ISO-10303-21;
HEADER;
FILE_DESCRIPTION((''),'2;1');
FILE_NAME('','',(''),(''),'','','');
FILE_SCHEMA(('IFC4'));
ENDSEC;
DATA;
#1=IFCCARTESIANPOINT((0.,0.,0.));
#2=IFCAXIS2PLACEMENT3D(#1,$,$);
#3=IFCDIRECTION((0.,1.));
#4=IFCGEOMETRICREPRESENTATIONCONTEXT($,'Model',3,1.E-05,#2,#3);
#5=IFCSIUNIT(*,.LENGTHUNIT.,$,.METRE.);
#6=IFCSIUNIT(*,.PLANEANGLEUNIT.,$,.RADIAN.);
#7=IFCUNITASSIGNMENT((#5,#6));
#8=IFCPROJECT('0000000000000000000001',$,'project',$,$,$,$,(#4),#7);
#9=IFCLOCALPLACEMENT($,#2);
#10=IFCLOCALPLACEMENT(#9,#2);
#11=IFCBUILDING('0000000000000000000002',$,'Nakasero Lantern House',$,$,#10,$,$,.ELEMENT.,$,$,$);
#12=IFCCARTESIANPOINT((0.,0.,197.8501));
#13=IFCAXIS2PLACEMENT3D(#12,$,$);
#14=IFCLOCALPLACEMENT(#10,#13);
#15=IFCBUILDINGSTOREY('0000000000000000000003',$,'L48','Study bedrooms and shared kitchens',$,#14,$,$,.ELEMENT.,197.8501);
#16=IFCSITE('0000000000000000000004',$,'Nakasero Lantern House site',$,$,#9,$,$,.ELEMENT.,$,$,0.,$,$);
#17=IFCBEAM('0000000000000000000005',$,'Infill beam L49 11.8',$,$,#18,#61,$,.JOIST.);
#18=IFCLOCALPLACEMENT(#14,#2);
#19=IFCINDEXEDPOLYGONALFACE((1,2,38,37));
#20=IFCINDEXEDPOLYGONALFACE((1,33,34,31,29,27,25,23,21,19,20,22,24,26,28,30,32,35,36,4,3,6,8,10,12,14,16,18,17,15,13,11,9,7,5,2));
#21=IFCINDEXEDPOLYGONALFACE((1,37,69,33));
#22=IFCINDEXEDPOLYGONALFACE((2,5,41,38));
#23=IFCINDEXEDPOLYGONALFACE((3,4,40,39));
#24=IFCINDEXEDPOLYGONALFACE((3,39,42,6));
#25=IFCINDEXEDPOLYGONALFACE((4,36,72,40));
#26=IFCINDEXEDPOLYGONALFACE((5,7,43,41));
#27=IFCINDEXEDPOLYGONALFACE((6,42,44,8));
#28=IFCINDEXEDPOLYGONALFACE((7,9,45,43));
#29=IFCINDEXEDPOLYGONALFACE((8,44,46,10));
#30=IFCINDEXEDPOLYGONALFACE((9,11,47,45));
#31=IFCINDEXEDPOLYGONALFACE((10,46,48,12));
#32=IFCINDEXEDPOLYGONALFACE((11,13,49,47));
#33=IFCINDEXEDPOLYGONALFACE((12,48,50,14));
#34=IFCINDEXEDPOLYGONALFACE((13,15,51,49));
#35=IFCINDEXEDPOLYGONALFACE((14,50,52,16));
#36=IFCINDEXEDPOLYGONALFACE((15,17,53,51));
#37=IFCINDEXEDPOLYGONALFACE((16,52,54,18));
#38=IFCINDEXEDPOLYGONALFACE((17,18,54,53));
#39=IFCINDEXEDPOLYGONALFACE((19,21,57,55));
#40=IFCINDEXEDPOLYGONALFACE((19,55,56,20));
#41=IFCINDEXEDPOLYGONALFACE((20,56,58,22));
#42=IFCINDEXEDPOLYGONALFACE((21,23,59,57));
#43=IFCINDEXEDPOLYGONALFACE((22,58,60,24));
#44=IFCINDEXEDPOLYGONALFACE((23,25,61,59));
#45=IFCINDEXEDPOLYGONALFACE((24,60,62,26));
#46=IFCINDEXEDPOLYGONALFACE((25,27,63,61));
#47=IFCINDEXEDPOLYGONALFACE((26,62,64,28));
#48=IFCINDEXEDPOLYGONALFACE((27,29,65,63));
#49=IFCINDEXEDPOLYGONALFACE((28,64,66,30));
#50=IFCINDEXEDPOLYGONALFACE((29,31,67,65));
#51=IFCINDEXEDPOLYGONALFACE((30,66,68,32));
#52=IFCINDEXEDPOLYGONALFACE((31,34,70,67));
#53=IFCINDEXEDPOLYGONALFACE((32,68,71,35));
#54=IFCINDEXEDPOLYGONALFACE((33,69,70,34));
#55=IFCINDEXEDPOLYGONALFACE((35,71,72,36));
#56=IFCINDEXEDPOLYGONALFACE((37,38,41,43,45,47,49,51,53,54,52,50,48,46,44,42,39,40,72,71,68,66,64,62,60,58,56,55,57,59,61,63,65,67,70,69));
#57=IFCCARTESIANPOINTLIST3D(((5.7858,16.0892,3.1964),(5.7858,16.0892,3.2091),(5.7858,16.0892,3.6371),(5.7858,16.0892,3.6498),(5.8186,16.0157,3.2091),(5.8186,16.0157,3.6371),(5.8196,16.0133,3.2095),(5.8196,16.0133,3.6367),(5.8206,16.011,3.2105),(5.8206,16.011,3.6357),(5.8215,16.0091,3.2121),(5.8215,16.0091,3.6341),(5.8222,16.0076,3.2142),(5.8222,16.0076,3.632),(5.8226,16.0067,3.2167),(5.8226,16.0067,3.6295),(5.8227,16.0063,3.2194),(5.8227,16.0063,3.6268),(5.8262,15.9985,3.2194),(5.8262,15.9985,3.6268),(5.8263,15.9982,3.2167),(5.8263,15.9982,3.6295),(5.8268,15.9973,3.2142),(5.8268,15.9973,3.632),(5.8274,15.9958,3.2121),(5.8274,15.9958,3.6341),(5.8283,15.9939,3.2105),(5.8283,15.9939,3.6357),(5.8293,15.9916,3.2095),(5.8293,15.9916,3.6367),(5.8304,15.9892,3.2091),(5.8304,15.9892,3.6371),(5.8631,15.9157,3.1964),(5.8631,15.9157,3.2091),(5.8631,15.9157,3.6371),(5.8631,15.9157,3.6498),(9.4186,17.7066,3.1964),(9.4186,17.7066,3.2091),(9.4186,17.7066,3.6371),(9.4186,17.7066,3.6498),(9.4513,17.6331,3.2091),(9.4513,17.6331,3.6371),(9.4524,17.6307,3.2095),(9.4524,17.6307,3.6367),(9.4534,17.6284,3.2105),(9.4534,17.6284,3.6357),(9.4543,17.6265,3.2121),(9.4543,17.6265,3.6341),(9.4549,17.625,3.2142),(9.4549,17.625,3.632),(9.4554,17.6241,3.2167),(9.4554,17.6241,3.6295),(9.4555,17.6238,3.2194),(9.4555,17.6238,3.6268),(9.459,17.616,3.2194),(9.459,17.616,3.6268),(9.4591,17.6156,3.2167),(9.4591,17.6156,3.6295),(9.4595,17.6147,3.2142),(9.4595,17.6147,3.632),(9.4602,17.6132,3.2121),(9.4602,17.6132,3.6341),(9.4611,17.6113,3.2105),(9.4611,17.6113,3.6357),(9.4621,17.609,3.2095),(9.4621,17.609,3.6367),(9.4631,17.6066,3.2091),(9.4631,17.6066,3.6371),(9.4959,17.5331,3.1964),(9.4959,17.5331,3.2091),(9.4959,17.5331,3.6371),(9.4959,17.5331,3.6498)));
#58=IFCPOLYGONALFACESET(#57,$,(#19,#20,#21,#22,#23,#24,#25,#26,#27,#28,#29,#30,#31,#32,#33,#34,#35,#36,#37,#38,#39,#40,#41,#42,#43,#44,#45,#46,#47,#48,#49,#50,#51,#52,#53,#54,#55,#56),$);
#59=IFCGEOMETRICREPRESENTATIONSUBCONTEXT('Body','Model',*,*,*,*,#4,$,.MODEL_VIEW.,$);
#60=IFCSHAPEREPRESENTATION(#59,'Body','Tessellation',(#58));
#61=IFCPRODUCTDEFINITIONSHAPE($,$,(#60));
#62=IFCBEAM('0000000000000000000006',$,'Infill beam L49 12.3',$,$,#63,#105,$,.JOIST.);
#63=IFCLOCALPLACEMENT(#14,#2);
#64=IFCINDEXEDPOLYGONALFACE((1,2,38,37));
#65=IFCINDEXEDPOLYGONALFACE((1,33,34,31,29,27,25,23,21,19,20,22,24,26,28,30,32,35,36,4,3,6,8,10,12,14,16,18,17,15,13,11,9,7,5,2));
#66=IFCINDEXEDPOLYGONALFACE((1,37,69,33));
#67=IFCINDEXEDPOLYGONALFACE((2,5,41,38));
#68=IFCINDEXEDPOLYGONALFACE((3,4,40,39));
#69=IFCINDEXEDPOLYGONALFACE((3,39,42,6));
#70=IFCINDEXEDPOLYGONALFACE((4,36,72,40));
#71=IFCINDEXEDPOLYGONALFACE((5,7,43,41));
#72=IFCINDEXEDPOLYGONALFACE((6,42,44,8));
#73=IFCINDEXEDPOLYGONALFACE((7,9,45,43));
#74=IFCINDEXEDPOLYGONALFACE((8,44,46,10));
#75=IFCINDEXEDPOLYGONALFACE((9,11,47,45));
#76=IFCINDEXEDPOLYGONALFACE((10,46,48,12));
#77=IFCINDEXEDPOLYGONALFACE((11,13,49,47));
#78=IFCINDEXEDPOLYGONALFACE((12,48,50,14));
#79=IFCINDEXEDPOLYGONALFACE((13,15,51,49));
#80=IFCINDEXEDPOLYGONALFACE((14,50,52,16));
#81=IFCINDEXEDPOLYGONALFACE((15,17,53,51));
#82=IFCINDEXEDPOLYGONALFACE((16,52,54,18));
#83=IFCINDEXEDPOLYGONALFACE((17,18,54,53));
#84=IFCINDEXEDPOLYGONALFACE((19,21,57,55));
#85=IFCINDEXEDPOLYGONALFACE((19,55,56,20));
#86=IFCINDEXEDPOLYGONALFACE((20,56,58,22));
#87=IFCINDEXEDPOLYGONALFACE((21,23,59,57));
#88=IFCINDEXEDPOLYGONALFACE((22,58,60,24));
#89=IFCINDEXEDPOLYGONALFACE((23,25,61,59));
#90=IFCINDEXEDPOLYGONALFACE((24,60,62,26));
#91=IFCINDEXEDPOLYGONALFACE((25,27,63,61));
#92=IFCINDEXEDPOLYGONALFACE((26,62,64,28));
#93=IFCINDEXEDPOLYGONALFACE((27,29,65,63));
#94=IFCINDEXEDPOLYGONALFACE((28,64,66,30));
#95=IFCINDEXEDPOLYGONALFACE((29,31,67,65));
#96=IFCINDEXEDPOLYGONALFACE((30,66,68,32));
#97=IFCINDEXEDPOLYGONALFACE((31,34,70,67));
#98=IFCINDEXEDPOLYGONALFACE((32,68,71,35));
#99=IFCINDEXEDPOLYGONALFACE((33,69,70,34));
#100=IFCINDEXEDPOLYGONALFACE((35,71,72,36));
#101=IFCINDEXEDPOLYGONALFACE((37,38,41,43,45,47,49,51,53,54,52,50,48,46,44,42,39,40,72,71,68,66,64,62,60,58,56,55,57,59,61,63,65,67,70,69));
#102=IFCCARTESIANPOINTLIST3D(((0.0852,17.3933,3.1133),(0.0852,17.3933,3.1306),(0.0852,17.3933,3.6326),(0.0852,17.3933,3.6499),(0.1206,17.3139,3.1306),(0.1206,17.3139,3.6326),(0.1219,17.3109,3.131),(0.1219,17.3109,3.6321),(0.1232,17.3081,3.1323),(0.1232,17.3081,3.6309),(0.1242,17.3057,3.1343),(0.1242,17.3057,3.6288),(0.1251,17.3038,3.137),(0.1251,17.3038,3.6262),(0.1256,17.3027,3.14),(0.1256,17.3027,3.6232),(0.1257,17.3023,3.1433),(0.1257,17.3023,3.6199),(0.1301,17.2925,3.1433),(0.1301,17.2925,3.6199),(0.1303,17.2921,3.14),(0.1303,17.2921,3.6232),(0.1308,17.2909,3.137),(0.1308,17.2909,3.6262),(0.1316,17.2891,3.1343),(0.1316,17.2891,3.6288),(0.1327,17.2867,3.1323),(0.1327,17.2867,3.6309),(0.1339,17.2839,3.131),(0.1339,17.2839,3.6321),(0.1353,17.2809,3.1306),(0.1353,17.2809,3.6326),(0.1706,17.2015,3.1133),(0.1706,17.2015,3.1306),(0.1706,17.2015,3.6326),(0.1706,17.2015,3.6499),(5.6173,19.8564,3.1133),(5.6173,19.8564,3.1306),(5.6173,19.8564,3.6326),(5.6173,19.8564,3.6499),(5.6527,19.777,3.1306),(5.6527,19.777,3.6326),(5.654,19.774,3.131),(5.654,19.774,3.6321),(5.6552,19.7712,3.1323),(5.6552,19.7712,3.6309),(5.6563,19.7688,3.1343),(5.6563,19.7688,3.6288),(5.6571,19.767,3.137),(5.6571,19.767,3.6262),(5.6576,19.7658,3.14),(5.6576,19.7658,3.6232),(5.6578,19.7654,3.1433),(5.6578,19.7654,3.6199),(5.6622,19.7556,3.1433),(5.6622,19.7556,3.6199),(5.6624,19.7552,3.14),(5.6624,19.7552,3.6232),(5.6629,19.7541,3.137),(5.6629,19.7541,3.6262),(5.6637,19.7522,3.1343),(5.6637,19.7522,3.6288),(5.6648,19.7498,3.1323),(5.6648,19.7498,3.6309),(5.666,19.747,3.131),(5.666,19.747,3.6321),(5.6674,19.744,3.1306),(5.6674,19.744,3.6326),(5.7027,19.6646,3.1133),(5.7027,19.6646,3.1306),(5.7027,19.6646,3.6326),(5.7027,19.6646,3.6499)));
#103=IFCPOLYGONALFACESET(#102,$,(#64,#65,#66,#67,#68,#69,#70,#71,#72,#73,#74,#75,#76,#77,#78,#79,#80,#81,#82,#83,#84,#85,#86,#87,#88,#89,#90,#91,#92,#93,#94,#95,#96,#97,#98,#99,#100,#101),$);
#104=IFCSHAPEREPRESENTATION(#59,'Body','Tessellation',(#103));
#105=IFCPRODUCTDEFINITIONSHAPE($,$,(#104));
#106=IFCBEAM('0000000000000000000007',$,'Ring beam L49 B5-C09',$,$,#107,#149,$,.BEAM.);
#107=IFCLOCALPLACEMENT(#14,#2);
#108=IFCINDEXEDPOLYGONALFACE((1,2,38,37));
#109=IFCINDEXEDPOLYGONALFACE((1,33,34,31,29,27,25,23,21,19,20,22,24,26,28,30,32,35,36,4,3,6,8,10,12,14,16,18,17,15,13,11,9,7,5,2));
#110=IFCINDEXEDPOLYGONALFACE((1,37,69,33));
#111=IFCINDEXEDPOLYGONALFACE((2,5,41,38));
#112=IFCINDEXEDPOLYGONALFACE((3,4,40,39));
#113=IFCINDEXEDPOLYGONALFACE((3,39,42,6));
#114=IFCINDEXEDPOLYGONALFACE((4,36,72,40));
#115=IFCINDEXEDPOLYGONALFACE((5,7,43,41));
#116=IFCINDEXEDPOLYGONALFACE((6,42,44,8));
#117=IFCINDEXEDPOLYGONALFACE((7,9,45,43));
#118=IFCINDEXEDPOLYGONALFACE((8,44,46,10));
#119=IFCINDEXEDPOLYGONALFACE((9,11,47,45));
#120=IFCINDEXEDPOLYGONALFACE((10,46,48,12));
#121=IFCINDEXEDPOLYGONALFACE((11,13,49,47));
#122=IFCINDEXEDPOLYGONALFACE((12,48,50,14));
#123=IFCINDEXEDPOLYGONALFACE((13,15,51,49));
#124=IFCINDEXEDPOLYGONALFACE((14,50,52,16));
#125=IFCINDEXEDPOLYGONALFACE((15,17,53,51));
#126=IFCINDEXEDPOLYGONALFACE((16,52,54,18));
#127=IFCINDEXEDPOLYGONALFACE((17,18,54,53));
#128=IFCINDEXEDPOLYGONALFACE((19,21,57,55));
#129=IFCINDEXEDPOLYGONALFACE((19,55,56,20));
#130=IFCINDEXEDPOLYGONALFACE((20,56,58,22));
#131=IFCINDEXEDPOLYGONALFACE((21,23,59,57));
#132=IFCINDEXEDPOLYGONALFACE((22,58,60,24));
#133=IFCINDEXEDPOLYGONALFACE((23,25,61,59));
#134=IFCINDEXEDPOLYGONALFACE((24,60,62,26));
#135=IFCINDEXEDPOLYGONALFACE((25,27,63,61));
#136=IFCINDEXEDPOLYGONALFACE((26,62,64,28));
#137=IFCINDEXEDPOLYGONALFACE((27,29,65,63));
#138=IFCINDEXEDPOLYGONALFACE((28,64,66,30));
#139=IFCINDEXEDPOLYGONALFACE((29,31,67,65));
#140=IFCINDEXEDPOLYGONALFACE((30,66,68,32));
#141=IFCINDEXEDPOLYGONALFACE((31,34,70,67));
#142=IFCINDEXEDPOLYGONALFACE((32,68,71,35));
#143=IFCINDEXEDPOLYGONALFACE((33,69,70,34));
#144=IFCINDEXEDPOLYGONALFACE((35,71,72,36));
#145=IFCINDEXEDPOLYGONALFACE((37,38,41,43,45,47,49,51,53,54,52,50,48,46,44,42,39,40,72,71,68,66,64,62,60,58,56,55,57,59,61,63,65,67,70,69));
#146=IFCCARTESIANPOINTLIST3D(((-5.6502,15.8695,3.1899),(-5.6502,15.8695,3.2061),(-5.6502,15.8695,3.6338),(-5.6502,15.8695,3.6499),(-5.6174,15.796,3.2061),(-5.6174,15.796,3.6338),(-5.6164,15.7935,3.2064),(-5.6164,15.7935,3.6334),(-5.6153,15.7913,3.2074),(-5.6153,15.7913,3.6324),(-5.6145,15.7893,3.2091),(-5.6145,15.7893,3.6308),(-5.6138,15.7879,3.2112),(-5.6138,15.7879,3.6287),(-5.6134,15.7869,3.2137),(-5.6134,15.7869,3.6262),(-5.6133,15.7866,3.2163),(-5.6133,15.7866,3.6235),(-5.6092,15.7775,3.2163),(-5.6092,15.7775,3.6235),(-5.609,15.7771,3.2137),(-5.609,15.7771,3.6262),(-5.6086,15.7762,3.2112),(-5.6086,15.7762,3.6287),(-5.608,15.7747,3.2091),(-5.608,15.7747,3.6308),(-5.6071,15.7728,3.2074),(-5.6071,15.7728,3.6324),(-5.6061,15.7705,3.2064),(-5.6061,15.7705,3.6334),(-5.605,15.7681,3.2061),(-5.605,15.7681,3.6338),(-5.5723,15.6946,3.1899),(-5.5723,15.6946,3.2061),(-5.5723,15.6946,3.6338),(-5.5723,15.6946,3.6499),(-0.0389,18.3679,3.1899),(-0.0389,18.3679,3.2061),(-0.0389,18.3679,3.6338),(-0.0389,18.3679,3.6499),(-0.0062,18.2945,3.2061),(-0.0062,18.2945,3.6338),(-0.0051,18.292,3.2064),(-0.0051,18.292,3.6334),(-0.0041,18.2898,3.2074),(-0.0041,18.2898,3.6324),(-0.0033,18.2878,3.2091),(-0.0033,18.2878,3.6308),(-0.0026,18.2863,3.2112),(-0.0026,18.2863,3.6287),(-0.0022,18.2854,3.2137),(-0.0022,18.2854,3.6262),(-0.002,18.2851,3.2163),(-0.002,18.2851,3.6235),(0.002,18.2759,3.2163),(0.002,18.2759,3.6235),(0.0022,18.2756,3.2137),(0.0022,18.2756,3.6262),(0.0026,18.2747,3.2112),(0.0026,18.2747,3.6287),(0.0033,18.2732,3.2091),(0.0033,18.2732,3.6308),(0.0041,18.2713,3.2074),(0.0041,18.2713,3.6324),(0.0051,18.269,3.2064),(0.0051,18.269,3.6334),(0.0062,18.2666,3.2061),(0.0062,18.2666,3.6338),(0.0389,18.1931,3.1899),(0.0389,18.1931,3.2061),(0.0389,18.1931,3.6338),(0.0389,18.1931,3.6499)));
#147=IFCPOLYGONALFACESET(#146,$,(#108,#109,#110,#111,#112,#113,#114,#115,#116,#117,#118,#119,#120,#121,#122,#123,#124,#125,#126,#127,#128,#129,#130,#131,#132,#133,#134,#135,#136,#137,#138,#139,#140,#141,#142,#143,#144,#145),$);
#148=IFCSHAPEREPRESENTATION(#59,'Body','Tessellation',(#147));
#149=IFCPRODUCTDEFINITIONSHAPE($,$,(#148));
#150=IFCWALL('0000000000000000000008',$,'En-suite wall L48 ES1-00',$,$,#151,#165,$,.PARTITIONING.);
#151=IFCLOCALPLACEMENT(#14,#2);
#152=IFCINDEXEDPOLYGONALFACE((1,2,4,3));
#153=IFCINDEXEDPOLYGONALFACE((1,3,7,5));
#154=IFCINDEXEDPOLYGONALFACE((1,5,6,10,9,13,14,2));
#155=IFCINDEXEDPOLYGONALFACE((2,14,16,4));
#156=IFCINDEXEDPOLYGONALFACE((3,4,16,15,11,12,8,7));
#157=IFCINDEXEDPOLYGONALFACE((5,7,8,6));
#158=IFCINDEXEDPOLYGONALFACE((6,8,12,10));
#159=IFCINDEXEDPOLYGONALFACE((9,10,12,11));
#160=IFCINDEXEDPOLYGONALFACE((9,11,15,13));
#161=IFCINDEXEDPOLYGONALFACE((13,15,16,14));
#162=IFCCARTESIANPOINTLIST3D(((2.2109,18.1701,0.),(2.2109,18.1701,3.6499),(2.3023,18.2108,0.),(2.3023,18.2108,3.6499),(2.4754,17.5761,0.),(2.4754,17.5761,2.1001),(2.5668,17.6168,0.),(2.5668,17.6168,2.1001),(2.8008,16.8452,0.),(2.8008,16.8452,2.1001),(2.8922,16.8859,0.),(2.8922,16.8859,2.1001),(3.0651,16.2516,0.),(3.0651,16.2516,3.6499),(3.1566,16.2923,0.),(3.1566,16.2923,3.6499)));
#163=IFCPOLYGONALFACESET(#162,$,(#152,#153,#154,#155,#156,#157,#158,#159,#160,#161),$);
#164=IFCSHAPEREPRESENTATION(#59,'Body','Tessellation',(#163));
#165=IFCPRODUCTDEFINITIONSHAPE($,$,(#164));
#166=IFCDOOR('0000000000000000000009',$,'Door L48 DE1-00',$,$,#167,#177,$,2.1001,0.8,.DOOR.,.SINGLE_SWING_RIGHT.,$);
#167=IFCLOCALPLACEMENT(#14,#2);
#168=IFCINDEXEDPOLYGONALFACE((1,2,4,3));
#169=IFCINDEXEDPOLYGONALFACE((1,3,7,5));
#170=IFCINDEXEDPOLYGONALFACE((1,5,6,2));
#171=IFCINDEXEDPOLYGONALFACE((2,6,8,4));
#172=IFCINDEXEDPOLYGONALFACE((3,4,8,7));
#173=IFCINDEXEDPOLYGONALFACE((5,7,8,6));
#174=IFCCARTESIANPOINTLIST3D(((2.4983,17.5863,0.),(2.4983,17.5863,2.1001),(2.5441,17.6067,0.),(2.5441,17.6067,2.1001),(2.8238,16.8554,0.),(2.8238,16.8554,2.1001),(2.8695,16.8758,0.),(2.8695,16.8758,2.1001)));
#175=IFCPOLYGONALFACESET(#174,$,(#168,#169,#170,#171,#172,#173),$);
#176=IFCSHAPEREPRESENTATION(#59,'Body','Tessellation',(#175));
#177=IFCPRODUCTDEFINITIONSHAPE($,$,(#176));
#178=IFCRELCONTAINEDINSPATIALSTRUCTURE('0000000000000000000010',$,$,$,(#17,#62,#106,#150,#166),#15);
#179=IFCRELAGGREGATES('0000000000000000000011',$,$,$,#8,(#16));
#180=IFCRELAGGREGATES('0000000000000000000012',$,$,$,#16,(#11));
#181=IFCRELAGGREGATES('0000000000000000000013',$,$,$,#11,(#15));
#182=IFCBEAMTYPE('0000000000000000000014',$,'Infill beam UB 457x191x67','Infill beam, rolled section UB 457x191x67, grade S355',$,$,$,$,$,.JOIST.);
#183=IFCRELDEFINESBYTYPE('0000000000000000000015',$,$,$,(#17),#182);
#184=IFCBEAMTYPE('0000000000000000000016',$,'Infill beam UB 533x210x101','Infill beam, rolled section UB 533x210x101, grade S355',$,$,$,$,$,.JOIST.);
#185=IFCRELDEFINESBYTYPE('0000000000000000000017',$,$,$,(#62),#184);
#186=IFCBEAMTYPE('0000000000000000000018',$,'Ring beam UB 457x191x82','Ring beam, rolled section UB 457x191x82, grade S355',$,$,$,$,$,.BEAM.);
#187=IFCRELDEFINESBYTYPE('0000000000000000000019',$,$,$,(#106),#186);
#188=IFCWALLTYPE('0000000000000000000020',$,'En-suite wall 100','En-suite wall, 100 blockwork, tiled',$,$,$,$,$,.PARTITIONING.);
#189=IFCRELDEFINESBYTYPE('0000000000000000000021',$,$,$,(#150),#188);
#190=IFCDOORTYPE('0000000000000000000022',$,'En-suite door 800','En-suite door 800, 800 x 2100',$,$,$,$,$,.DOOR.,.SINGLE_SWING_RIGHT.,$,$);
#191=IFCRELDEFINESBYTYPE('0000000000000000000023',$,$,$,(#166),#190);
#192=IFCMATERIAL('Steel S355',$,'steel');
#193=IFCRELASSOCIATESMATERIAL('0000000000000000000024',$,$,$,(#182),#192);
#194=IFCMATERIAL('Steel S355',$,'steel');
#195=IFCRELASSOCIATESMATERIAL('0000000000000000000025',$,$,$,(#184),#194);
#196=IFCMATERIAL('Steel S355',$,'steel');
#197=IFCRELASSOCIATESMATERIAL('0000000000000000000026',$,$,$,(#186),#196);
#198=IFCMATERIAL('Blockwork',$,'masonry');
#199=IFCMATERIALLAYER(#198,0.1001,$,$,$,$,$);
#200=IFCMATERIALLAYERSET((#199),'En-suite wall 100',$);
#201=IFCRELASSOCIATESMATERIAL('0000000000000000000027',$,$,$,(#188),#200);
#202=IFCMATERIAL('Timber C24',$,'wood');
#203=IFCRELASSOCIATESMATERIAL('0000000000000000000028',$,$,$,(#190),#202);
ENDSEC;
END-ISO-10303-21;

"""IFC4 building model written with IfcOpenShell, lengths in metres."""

from ifc_helpers import new_model, si_unit, direction, frame, frame_2d, origin, origin_2d, place, context, subcontext, project, spatial, rectangle, i_section, extrude, material, layer, layer_set, material_profile, profile_set, type_object, element, fill, save


model = new_model("IFC4")

# Units and contexts
model_context = context("Model", 3, precision=1e-05, world=origin(), true_north=direction((0.0, 1.0)))
body_context = subcontext(model_context, "Body", "Model", "MODEL_VIEW")
ifc_project = project(units=[si_unit("LENGTHUNIT", "METRE"), si_unit("PLANEANGLEUNIT", "RADIAN")], contexts=[model_context])

# Site, building, storey
site_placement = place(None, origin())
site = spatial("IfcSite", under=ifc_project, at=site_placement, Name="Nakasero Lantern House site", CompositionType="ELEMENT", RefElevation=0.0)
building_placement = place(site_placement, origin())
building = spatial("IfcBuilding", under=site, at=building_placement, Name="Nakasero Lantern House", CompositionType="ELEMENT")
storey_placement = place(building_placement, frame((0.0, 0.0, 197.8501)))
storey = spatial("IfcBuildingStorey", under=building, at=storey_placement, Name="L48", Description="Study bedrooms and shared kitchens", CompositionType="ELEMENT", Elevation=197.8501)

# Beams
ifc_material_1 = material(Name="Steel S355", Category="steel")
ifc_material_profile_1 = material_profile(ifc_material_1, i_section(OverallWidth=0.1899, OverallDepth=0.4534, WebThickness=0.0085, FlangeThickness=0.0127, FilletRadius=0.0103, at=origin_2d()), Name="UB 457x191x67")
ifc_profile_set_1 = profile_set([ifc_material_profile_1], Name="Steel S355")
beam_type_1 = type_object("IfcBeamType", Name="Infill beam UB 457x191x67", Description="Infill beam, rolled section UB 457x191x67, grade S355", PredefinedType="JOIST", material=ifc_profile_set_1)
beam_1_placement = place(storey_placement, frame((5.8245, 16.0024, 3.4231), z_axis=(0.913546, 0.406736, 0.0), x_axis=(-0.406736, 0.913546, 0.0)))
element("IfcBeam", 1, at=beam_1_placement, inside=storey, type_object=beam_type_1, Name="Infill beam L49 11.8", PredefinedType="JOIST", context=body_context, shape_type="SweptSolid", body=[
    extrude(i_section(OverallWidth=0.1899, OverallDepth=0.4534, WebThickness=0.0085, FlangeThickness=0.0127, FilletRadius=0.0103, at=origin_2d()), origin(), (0.0, 0.0, 1.0), 3.9766),
])
ifc_material_2 = material(Name="Steel S355", Category="steel")
ifc_material_profile_2 = material_profile(ifc_material_2, i_section(OverallWidth=0.21, OverallDepth=0.5366, WebThickness=0.0107, FlangeThickness=0.0173, FilletRadius=0.0127, at=origin_2d()), Name="UB 533x210x101")
ifc_profile_set_2 = profile_set([ifc_material_profile_2], Name="Steel S355")
beam_type_2 = type_object("IfcBeamType", Name="Infill beam UB 533x210x101", Description="Infill beam, rolled section UB 533x210x101, grade S355", PredefinedType="JOIST", material=ifc_profile_set_2)
beam_2_placement = place(storey_placement, frame((0.1279, 17.2974, 3.3816), z_axis=(0.913537, 0.406756, 0.0), x_axis=(-0.406756, 0.913537, 0.0)))
element("IfcBeam", 2, at=beam_2_placement, inside=storey, type_object=beam_type_2, Name="Infill beam L49 12.3", PredefinedType="JOIST", context=body_context, shape_type="SweptSolid", body=[
    extrude(i_section(OverallWidth=0.21, OverallDepth=0.5366, WebThickness=0.0107, FlangeThickness=0.0173, FilletRadius=0.0127, at=origin_2d()), origin(), (0.0, 0.0, 1.0), 6.0557),
])
ifc_material_3 = material(Name="Steel S355", Category="steel")
ifc_material_profile_3 = material_profile(ifc_material_3, i_section(OverallWidth=0.1914, OverallDepth=0.46, WebThickness=0.01, FlangeThickness=0.0161, FilletRadius=0.0103, at=origin_2d()), Name="UB 457x191x82")
ifc_profile_set_3 = profile_set([ifc_material_profile_3], Name="Steel S355")
beam_type_3 = type_object("IfcBeamType", Name="Ring beam UB 457x191x82", Description="Ring beam, rolled section UB 457x191x82, grade S355", PredefinedType="BEAM", material=ifc_profile_set_3)
beam_3_placement = place(storey_placement, frame((0.0, 18.2805, 3.4199), z_axis=(-0.913533, -0.406765, 0.0), x_axis=(0.406765, -0.913533, 0.0)))
element("IfcBeam", 3, at=beam_3_placement, inside=storey, type_object=beam_type_3, Name="Ring beam L49 B5-C09", PredefinedType="BEAM", context=body_context, shape_type="SweptSolid", body=[
    extrude(i_section(OverallWidth=0.1914, OverallDepth=0.46, WebThickness=0.01, FlangeThickness=0.0161, FilletRadius=0.0103, at=origin_2d()), origin(), (0.0, 0.0, 1.0), 6.1423),
])

# Wall, opening, door
ifc_material_4 = material(Name="Blockwork", Category="masonry")
ifc_layer_1 = layer(ifc_material_4, 0.1001)
ifc_layer_set_1 = layer_set([ifc_layer_1], Name="En-suite wall 100")
wall_type_1 = type_object("IfcWallType", Name="En-suite wall 100", Description="En-suite wall, 100 blockwork, tiled", PredefinedType="PARTITIONING", material=ifc_layer_set_1)
wall_1_placement = place(storey_placement, frame((3.1108, 16.272, 0.0), z_axis=(0.0, 0.0, 1.0), x_axis=(-0.406775, 0.913528, 0.0)))
wall_1 = element("IfcWall", 4, at=wall_1_placement, inside=storey, type_object=wall_type_1, Name="En-suite wall L48 ES1-00", PredefinedType="PARTITIONING", context=body_context, shape_type="SweptSolid", body=[
    extrude(rectangle(XDim=2.1001, YDim=0.1001, at=frame_2d((1.05, 0.0))), origin(), (0.0, 0.0, 1.0), 3.6499),
])
opening_1_placement = place(wall_1_placement, frame((0.6499, 0.0, 0.0)))
opening_1 = element("IfcOpeningElement", 5, at=opening_1_placement, cuts=wall_1, PredefinedType="OPENING", context=body_context, shape_type="SweptSolid", body=[
    extrude(rectangle(XDim=0.8, YDim=2.1001, at=frame_2d((0.3999, 1.05))), frame((0.0, 0.0701, 0.0), z_axis=(0.0, -1.0, 0.0), x_axis=(1.0, 0.0, 0.0)), (0.0, 0.0, 1.0), 0.1401),
])
ifc_material_5 = material(Name="Timber C24", Category="wood")
door_type_1 = type_object("IfcDoorType", Name="En-suite door 800", Description="En-suite door 800, 800 x 2100", OperationType="SINGLE_SWING_RIGHT", PredefinedType="DOOR", material=ifc_material_5)
door_1_placement = place(opening_1_placement, origin())
door_1 = element("IfcDoor", 6, at=door_1_placement, inside=storey, type_object=door_type_1, Name="Door L48 DE1-00", OperationType="SINGLE_SWING_RIGHT", OverallHeight=2.1001, OverallWidth=0.8, PredefinedType="DOOR", context=body_context, shape_type="SweptSolid", body=[
    extrude(rectangle(XDim=0.8, YDim=2.1001, at=frame_2d((0.3999, 1.05))), frame((0.0, 0.0249, 0.0), z_axis=(0.0, -1.0, 0.0), x_axis=(1.0, 0.0, 0.0)), (0.0, 0.0, 1.0), 0.05),
])
fill(opening_1, door_1)

save(model, "model.ifc")
